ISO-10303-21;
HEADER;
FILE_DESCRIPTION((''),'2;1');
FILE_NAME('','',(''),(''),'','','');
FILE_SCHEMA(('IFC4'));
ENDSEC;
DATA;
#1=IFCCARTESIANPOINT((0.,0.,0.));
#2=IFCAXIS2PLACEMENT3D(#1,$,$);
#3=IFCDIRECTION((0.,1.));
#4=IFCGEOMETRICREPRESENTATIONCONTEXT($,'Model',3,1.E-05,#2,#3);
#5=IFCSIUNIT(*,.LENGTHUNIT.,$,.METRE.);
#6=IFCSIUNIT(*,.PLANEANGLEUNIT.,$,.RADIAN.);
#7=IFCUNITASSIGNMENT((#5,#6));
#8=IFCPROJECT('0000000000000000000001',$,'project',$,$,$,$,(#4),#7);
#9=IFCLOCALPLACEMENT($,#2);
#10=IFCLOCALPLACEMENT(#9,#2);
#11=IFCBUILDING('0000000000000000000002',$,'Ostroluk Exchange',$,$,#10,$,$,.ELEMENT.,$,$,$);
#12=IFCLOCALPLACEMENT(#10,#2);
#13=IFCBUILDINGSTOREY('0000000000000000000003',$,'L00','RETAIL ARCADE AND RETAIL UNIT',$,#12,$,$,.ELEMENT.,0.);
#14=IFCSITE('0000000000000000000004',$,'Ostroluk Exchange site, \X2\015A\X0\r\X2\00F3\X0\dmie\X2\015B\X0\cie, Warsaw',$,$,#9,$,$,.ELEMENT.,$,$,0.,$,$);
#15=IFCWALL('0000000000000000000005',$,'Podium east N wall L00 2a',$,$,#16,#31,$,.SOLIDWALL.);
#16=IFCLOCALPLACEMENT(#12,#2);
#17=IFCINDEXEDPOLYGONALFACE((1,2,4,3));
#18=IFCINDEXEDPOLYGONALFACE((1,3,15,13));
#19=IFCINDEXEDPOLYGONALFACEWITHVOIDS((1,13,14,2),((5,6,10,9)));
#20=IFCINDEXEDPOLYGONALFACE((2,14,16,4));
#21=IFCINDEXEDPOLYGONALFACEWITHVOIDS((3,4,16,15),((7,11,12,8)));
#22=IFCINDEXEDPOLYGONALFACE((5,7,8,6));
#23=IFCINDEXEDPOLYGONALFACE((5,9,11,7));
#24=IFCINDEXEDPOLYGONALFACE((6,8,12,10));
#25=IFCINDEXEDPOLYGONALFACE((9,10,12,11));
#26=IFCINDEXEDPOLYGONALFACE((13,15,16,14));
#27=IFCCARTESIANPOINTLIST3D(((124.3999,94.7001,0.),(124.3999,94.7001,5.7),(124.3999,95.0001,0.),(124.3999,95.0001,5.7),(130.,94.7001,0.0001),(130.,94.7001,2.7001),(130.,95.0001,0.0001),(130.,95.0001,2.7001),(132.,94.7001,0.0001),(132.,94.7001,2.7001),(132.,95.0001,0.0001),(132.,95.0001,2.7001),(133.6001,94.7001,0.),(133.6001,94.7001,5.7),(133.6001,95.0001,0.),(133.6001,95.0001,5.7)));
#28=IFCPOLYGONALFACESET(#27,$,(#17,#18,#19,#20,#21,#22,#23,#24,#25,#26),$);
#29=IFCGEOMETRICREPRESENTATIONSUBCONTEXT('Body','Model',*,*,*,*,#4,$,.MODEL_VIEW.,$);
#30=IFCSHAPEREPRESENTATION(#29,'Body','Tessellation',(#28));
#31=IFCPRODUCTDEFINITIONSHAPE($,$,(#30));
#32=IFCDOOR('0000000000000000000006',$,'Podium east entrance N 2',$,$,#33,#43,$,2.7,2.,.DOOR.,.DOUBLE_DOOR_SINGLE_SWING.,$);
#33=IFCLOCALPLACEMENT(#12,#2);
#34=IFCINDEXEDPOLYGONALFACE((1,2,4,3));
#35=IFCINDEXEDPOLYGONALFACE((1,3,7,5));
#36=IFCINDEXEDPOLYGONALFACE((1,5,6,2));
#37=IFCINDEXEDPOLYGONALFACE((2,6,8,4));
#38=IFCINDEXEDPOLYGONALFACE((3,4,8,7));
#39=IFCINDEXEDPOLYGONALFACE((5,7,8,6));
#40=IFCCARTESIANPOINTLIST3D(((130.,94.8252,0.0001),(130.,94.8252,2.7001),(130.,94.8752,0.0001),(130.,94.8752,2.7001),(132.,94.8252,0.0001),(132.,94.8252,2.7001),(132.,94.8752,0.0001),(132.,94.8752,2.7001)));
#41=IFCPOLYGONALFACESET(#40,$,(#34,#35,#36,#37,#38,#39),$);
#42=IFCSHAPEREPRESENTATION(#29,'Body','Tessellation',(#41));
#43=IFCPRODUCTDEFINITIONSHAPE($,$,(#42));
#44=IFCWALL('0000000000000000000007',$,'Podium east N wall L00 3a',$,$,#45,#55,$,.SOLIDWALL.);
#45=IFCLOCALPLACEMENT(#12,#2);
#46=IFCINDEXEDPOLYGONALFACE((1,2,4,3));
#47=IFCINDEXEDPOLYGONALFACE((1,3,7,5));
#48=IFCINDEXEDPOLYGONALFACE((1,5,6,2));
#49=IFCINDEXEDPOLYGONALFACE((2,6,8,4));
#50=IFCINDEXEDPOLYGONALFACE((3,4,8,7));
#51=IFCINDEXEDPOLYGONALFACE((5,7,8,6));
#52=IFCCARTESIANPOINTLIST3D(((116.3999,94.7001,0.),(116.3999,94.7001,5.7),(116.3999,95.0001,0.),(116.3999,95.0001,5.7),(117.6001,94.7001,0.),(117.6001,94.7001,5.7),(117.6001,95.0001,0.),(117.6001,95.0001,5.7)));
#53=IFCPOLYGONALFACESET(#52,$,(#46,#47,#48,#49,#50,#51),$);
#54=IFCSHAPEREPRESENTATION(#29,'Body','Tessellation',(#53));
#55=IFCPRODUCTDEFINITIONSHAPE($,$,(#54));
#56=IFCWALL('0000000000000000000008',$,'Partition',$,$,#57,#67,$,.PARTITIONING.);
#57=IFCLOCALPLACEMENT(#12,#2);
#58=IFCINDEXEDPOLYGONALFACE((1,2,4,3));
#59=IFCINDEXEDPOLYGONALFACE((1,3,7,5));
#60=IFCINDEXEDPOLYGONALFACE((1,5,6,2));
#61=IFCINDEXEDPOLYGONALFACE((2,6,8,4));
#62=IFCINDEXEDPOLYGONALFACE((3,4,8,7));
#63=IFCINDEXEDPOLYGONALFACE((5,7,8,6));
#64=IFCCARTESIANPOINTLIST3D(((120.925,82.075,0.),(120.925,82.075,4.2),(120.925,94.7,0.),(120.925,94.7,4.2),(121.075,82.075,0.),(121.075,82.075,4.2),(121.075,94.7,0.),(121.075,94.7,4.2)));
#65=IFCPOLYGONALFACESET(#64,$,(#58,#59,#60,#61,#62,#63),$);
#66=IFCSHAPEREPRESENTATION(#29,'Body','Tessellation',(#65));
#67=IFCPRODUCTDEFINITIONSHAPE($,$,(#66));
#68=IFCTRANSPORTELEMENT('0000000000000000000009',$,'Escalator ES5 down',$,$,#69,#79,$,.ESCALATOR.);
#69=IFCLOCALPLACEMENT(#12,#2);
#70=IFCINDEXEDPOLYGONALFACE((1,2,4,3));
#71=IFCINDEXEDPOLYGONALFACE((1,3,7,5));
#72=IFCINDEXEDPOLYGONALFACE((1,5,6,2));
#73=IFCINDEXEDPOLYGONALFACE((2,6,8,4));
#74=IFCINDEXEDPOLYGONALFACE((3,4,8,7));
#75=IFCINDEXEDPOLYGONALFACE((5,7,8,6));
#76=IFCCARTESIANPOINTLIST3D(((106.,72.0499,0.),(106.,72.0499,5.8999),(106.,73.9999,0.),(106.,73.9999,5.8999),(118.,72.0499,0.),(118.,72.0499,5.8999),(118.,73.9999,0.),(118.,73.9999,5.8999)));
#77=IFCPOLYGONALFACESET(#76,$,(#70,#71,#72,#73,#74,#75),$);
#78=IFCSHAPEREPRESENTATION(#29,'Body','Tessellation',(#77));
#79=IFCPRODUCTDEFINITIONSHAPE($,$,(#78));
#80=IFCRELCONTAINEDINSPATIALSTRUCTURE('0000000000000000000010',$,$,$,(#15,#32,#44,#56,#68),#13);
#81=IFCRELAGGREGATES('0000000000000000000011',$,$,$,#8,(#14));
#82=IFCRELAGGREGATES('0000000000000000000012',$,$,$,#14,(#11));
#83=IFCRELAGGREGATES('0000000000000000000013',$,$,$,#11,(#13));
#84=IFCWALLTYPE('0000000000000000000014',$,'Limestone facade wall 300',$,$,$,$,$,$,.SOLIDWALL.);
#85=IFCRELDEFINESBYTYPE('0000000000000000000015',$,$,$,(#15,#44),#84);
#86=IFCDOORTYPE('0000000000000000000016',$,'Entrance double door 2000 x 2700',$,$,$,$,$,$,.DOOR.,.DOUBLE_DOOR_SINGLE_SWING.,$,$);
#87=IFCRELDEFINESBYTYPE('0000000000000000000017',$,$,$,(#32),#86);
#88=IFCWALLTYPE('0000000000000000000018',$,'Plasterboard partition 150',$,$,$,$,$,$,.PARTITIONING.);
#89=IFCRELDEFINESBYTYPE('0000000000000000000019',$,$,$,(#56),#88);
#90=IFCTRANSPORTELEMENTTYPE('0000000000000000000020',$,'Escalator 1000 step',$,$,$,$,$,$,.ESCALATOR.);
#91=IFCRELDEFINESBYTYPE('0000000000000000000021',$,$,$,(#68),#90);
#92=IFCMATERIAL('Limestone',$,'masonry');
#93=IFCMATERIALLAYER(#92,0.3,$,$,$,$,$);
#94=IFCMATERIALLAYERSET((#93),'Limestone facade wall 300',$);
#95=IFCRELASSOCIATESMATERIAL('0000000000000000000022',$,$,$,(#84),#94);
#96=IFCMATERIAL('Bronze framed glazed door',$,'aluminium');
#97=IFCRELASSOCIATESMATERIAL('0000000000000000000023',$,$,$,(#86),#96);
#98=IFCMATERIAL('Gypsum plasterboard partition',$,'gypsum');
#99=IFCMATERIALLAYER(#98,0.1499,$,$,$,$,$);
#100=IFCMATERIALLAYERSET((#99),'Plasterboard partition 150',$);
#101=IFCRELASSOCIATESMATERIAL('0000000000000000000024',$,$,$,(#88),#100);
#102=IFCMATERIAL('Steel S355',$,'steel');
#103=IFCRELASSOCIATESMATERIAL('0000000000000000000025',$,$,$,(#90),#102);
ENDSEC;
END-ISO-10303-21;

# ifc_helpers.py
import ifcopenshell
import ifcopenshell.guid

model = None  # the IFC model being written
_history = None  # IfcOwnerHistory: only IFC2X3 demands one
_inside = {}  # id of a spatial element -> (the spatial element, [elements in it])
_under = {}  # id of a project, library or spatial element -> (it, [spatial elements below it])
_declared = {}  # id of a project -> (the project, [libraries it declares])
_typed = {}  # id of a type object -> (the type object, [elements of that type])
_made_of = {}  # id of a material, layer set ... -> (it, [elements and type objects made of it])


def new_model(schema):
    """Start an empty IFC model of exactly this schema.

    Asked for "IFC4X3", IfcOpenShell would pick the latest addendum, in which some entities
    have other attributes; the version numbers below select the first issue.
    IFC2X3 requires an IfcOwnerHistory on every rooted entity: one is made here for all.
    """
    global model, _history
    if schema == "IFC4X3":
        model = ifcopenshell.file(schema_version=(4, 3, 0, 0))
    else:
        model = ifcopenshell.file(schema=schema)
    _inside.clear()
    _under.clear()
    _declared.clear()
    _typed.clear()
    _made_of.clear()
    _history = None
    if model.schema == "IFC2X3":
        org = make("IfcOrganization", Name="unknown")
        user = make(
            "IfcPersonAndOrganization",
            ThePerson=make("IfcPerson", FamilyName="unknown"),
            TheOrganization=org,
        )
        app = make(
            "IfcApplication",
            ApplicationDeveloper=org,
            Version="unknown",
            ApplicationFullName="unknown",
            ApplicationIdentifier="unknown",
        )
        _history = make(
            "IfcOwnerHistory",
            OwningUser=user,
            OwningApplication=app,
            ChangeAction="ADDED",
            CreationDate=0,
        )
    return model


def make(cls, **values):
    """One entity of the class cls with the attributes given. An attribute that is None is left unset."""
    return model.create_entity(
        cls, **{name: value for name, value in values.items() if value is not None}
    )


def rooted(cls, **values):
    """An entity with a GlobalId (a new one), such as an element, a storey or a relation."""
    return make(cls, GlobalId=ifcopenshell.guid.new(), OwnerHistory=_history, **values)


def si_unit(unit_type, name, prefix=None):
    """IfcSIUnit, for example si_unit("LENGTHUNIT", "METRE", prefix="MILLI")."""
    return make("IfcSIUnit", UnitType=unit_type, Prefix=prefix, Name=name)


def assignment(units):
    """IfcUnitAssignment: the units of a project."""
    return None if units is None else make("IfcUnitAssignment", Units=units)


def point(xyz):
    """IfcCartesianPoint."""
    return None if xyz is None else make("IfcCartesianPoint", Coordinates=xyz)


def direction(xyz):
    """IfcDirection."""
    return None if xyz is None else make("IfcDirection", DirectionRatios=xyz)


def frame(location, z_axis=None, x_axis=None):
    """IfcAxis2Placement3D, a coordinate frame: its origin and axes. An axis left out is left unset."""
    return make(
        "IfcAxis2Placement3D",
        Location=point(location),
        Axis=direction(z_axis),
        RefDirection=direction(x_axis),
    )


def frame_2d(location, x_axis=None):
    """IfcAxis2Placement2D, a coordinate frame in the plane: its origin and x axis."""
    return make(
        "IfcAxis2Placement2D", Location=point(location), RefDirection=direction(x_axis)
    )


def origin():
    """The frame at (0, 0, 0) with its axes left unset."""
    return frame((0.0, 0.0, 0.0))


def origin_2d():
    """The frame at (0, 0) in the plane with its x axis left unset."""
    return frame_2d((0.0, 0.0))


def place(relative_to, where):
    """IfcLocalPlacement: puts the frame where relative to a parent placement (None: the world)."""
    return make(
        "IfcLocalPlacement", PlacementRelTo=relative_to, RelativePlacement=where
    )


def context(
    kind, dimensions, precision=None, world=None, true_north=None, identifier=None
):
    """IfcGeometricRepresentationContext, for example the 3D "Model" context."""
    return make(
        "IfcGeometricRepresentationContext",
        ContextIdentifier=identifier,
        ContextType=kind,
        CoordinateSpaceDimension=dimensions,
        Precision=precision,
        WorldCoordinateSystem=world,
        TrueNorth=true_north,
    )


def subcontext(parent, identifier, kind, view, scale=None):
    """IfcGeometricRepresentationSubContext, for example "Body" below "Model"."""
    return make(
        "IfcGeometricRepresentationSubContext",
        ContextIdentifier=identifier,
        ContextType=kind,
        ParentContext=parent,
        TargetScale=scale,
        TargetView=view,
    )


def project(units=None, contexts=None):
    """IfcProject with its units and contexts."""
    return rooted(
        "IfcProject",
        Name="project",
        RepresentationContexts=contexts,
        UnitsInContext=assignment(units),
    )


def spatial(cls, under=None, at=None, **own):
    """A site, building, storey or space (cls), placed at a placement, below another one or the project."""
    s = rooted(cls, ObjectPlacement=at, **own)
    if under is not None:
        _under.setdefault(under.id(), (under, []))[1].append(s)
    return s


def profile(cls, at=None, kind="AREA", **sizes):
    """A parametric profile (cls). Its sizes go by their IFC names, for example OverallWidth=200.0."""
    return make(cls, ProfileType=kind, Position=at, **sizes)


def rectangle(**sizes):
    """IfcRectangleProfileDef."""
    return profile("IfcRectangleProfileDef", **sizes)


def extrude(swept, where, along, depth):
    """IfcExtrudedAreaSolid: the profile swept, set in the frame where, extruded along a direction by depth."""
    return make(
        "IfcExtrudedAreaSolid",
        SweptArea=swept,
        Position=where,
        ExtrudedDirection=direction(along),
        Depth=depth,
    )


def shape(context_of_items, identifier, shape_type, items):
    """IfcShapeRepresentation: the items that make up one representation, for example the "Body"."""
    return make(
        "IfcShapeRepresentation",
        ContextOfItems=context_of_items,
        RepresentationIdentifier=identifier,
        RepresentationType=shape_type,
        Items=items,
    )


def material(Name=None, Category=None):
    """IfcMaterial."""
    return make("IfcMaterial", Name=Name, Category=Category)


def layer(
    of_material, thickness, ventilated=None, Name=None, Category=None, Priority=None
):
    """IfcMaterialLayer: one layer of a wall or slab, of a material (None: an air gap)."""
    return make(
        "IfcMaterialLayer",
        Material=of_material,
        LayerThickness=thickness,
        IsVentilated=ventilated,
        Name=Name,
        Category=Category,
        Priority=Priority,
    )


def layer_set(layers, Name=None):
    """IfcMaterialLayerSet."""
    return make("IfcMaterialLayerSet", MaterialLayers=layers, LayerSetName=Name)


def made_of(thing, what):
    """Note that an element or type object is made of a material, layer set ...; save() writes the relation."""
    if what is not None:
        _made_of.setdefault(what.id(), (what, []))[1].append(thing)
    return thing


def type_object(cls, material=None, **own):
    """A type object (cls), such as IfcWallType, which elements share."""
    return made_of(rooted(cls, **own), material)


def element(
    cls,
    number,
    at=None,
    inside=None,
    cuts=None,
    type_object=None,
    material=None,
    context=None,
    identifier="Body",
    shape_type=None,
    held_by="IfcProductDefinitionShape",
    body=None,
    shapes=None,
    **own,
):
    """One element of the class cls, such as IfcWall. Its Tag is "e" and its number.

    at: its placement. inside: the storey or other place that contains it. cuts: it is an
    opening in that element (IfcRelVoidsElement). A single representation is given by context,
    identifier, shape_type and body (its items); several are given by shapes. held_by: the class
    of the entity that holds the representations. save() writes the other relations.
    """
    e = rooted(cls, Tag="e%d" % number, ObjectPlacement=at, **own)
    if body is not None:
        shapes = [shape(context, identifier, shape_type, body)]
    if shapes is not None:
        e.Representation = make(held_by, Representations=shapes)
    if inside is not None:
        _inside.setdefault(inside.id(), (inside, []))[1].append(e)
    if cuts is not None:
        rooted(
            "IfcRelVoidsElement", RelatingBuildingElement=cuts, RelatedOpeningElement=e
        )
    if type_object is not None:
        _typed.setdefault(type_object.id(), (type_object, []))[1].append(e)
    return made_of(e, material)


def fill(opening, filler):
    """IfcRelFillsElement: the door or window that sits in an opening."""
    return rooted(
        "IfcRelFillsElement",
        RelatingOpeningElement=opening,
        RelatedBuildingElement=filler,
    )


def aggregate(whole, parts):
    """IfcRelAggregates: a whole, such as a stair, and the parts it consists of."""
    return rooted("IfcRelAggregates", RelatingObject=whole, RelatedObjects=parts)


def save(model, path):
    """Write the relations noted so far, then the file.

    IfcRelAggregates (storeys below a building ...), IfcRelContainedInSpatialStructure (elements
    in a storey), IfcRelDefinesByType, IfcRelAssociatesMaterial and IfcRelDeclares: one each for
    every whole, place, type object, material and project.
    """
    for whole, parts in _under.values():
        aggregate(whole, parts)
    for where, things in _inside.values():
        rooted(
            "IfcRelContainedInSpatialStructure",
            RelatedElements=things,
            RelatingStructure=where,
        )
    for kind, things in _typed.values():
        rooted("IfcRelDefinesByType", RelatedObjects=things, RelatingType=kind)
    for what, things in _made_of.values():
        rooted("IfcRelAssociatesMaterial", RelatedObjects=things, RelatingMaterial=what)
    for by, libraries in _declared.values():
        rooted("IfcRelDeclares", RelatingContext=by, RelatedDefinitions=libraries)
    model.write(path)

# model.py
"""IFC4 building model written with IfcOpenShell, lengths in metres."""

from ifc_helpers import new_model, si_unit, direction, frame, frame_2d, origin, origin_2d, place, context, subcontext, project, spatial, rectangle, extrude, material, layer, layer_set, type_object, element, fill, save


model = new_model("IFC4")

# Units and contexts
model_context = context("Model", 3, precision=1e-05, world=origin(), true_north=direction((0.0, 1.0)))
body_context = subcontext(model_context, "Body", "Model", "MODEL_VIEW")
ifc_project = project(units=[si_unit("LENGTHUNIT", "METRE"), si_unit("PLANEANGLEUNIT", "RADIAN")], contexts=[model_context])

# Site, building, storey
site_placement = place(None, origin())
site = spatial("IfcSite", under=ifc_project, at=site_placement, Name="Ostroluk Exchange site, Śródmieście, Warsaw", CompositionType="ELEMENT", RefElevation=0.0)
building_placement = place(site_placement, origin())
building = spatial("IfcBuilding", under=site, at=building_placement, Name="Ostroluk Exchange", CompositionType="ELEMENT")
storey_placement = place(building_placement, origin())
storey = spatial("IfcBuildingStorey", under=building, at=storey_placement, Name="L00", Description="RETAIL ARCADE AND RETAIL UNIT", CompositionType="ELEMENT", Elevation=0.0)

# Wall, opening, door
ifc_material_1 = material(Name="Limestone", Category="masonry")
ifc_layer_1 = layer(ifc_material_1, 0.3)
ifc_layer_set_1 = layer_set([ifc_layer_1], Name="Limestone facade wall 300")
wall_type_1 = type_object("IfcWallType", Name="Limestone facade wall 300", PredefinedType="SOLIDWALL", material=ifc_layer_set_1)
wall_1_placement = place(storey_placement, frame((133.6001, 94.8501, 0.0), z_axis=(0.0, 0.0, 1.0), x_axis=(-1.0, 0.0, 0.0)))
wall_1 = element("IfcWall", 1, at=wall_1_placement, inside=storey, type_object=wall_type_1, Name="Podium east N wall L00 2a", PredefinedType="SOLIDWALL", context=body_context, shape_type="SweptSolid", body=[
    extrude(rectangle(XDim=9.2002, YDim=0.3, at=frame_2d((4.6001, 0.0))), origin(), (0.0, 0.0, 1.0), 5.7),
])
opening_placement = place(wall_1_placement, frame((1.6001, 0.0, 0.0)))
opening = element("IfcOpeningElement", 2, at=opening_placement, cuts=wall_1, PredefinedType="OPENING", context=body_context, shape_type="SweptSolid", body=[
    extrude(rectangle(XDim=2.0, YDim=2.7, at=frame_2d((1.0, 1.3501))), frame((0.0, 0.1599, 0.0), z_axis=(0.0, -1.0, 0.0), x_axis=(1.0, 0.0, 0.0)), (0.0, 0.0, 1.0), 0.3201),
])
ifc_material_2 = material(Name="Bronze framed glazed door", Category="aluminium")
door_type = type_object("IfcDoorType", Name="Entrance double door 2000 x 2700", OperationType="DOUBLE_DOOR_SINGLE_SWING", PredefinedType="DOOR", material=ifc_material_2)
door_placement = place(opening_placement, origin())
door = element("IfcDoor", 3, at=door_placement, inside=storey, type_object=door_type, Name="Podium east entrance N 2", OperationType="DOUBLE_DOOR_SINGLE_SWING", OverallHeight=2.7, OverallWidth=2.0, PredefinedType="DOOR", context=body_context, shape_type="SweptSolid", body=[
    extrude(rectangle(XDim=2.0, YDim=2.7, at=frame_2d((1.0, 1.3501))), frame((0.0, 0.0249, 0.0), z_axis=(0.0, -1.0, 0.0), x_axis=(1.0, 0.0, 0.0)), (0.0, 0.0, 1.0), 0.05),
])
fill(opening, door)

# Walls
wall_2_placement = place(storey_placement, frame((117.6001, 94.8501, 0.0), z_axis=(0.0, 0.0, 1.0), x_axis=(-1.0, 0.0, 0.0)))
element("IfcWall", 4, at=wall_2_placement, inside=storey, type_object=wall_type_1, Name="Podium east N wall L00 3a", PredefinedType="SOLIDWALL", context=body_context, shape_type="SweptSolid", body=[
    extrude(rectangle(XDim=1.2002, YDim=0.3, at=frame_2d((0.6001, 0.0))), origin(), (0.0, 0.0, 1.0), 5.7),
])
ifc_material_3 = material(Name="Gypsum plasterboard partition", Category="gypsum")
ifc_layer_2 = layer(ifc_material_3, 0.1499)
ifc_layer_set_2 = layer_set([ifc_layer_2], Name="Plasterboard partition 150")
wall_type_2 = type_object("IfcWallType", Name="Plasterboard partition 150", PredefinedType="PARTITIONING", material=ifc_layer_set_2)
wall_3_placement = place(storey_placement, frame((121.0, 82.075, 0.0), z_axis=(0.0, 0.0, 1.0), x_axis=(0.0, 1.0, 0.0)))
element("IfcWall", 5, at=wall_3_placement, inside=storey, type_object=wall_type_2, Name="Partition", PredefinedType="PARTITIONING", context=body_context, shape_type="SweptSolid", body=[
    extrude(rectangle(XDim=12.625, YDim=0.1499, at=frame_2d((6.3125, 0.0))), origin(), (0.0, 0.0, 1.0), 4.2),
])

# Transport element
ifc_material_4 = material(Name="Steel S355", Category="steel")
transport_element_type = type_object("IfcTransportElementType", Name="Escalator 1000 step", PredefinedType="ESCALATOR", material=ifc_material_4)
transport_element_placement = place(storey_placement, frame((112.0, 73.0249, 0.0), z_axis=(0.0, 0.0, 1.0), x_axis=(1.0, 0.0, 0.0)))
element("IfcTransportElement", 6, at=transport_element_placement, inside=storey, type_object=transport_element_type, Name="Escalator ES5 down", PredefinedType="ESCALATOR", context=body_context, shape_type="SweptSolid", body=[
    extrude(rectangle(XDim=12.0, YDim=1.95, at=origin_2d()), origin(), (0.0, 0.0, 1.0), 5.8999),
])

save(model, "model.ifc")
